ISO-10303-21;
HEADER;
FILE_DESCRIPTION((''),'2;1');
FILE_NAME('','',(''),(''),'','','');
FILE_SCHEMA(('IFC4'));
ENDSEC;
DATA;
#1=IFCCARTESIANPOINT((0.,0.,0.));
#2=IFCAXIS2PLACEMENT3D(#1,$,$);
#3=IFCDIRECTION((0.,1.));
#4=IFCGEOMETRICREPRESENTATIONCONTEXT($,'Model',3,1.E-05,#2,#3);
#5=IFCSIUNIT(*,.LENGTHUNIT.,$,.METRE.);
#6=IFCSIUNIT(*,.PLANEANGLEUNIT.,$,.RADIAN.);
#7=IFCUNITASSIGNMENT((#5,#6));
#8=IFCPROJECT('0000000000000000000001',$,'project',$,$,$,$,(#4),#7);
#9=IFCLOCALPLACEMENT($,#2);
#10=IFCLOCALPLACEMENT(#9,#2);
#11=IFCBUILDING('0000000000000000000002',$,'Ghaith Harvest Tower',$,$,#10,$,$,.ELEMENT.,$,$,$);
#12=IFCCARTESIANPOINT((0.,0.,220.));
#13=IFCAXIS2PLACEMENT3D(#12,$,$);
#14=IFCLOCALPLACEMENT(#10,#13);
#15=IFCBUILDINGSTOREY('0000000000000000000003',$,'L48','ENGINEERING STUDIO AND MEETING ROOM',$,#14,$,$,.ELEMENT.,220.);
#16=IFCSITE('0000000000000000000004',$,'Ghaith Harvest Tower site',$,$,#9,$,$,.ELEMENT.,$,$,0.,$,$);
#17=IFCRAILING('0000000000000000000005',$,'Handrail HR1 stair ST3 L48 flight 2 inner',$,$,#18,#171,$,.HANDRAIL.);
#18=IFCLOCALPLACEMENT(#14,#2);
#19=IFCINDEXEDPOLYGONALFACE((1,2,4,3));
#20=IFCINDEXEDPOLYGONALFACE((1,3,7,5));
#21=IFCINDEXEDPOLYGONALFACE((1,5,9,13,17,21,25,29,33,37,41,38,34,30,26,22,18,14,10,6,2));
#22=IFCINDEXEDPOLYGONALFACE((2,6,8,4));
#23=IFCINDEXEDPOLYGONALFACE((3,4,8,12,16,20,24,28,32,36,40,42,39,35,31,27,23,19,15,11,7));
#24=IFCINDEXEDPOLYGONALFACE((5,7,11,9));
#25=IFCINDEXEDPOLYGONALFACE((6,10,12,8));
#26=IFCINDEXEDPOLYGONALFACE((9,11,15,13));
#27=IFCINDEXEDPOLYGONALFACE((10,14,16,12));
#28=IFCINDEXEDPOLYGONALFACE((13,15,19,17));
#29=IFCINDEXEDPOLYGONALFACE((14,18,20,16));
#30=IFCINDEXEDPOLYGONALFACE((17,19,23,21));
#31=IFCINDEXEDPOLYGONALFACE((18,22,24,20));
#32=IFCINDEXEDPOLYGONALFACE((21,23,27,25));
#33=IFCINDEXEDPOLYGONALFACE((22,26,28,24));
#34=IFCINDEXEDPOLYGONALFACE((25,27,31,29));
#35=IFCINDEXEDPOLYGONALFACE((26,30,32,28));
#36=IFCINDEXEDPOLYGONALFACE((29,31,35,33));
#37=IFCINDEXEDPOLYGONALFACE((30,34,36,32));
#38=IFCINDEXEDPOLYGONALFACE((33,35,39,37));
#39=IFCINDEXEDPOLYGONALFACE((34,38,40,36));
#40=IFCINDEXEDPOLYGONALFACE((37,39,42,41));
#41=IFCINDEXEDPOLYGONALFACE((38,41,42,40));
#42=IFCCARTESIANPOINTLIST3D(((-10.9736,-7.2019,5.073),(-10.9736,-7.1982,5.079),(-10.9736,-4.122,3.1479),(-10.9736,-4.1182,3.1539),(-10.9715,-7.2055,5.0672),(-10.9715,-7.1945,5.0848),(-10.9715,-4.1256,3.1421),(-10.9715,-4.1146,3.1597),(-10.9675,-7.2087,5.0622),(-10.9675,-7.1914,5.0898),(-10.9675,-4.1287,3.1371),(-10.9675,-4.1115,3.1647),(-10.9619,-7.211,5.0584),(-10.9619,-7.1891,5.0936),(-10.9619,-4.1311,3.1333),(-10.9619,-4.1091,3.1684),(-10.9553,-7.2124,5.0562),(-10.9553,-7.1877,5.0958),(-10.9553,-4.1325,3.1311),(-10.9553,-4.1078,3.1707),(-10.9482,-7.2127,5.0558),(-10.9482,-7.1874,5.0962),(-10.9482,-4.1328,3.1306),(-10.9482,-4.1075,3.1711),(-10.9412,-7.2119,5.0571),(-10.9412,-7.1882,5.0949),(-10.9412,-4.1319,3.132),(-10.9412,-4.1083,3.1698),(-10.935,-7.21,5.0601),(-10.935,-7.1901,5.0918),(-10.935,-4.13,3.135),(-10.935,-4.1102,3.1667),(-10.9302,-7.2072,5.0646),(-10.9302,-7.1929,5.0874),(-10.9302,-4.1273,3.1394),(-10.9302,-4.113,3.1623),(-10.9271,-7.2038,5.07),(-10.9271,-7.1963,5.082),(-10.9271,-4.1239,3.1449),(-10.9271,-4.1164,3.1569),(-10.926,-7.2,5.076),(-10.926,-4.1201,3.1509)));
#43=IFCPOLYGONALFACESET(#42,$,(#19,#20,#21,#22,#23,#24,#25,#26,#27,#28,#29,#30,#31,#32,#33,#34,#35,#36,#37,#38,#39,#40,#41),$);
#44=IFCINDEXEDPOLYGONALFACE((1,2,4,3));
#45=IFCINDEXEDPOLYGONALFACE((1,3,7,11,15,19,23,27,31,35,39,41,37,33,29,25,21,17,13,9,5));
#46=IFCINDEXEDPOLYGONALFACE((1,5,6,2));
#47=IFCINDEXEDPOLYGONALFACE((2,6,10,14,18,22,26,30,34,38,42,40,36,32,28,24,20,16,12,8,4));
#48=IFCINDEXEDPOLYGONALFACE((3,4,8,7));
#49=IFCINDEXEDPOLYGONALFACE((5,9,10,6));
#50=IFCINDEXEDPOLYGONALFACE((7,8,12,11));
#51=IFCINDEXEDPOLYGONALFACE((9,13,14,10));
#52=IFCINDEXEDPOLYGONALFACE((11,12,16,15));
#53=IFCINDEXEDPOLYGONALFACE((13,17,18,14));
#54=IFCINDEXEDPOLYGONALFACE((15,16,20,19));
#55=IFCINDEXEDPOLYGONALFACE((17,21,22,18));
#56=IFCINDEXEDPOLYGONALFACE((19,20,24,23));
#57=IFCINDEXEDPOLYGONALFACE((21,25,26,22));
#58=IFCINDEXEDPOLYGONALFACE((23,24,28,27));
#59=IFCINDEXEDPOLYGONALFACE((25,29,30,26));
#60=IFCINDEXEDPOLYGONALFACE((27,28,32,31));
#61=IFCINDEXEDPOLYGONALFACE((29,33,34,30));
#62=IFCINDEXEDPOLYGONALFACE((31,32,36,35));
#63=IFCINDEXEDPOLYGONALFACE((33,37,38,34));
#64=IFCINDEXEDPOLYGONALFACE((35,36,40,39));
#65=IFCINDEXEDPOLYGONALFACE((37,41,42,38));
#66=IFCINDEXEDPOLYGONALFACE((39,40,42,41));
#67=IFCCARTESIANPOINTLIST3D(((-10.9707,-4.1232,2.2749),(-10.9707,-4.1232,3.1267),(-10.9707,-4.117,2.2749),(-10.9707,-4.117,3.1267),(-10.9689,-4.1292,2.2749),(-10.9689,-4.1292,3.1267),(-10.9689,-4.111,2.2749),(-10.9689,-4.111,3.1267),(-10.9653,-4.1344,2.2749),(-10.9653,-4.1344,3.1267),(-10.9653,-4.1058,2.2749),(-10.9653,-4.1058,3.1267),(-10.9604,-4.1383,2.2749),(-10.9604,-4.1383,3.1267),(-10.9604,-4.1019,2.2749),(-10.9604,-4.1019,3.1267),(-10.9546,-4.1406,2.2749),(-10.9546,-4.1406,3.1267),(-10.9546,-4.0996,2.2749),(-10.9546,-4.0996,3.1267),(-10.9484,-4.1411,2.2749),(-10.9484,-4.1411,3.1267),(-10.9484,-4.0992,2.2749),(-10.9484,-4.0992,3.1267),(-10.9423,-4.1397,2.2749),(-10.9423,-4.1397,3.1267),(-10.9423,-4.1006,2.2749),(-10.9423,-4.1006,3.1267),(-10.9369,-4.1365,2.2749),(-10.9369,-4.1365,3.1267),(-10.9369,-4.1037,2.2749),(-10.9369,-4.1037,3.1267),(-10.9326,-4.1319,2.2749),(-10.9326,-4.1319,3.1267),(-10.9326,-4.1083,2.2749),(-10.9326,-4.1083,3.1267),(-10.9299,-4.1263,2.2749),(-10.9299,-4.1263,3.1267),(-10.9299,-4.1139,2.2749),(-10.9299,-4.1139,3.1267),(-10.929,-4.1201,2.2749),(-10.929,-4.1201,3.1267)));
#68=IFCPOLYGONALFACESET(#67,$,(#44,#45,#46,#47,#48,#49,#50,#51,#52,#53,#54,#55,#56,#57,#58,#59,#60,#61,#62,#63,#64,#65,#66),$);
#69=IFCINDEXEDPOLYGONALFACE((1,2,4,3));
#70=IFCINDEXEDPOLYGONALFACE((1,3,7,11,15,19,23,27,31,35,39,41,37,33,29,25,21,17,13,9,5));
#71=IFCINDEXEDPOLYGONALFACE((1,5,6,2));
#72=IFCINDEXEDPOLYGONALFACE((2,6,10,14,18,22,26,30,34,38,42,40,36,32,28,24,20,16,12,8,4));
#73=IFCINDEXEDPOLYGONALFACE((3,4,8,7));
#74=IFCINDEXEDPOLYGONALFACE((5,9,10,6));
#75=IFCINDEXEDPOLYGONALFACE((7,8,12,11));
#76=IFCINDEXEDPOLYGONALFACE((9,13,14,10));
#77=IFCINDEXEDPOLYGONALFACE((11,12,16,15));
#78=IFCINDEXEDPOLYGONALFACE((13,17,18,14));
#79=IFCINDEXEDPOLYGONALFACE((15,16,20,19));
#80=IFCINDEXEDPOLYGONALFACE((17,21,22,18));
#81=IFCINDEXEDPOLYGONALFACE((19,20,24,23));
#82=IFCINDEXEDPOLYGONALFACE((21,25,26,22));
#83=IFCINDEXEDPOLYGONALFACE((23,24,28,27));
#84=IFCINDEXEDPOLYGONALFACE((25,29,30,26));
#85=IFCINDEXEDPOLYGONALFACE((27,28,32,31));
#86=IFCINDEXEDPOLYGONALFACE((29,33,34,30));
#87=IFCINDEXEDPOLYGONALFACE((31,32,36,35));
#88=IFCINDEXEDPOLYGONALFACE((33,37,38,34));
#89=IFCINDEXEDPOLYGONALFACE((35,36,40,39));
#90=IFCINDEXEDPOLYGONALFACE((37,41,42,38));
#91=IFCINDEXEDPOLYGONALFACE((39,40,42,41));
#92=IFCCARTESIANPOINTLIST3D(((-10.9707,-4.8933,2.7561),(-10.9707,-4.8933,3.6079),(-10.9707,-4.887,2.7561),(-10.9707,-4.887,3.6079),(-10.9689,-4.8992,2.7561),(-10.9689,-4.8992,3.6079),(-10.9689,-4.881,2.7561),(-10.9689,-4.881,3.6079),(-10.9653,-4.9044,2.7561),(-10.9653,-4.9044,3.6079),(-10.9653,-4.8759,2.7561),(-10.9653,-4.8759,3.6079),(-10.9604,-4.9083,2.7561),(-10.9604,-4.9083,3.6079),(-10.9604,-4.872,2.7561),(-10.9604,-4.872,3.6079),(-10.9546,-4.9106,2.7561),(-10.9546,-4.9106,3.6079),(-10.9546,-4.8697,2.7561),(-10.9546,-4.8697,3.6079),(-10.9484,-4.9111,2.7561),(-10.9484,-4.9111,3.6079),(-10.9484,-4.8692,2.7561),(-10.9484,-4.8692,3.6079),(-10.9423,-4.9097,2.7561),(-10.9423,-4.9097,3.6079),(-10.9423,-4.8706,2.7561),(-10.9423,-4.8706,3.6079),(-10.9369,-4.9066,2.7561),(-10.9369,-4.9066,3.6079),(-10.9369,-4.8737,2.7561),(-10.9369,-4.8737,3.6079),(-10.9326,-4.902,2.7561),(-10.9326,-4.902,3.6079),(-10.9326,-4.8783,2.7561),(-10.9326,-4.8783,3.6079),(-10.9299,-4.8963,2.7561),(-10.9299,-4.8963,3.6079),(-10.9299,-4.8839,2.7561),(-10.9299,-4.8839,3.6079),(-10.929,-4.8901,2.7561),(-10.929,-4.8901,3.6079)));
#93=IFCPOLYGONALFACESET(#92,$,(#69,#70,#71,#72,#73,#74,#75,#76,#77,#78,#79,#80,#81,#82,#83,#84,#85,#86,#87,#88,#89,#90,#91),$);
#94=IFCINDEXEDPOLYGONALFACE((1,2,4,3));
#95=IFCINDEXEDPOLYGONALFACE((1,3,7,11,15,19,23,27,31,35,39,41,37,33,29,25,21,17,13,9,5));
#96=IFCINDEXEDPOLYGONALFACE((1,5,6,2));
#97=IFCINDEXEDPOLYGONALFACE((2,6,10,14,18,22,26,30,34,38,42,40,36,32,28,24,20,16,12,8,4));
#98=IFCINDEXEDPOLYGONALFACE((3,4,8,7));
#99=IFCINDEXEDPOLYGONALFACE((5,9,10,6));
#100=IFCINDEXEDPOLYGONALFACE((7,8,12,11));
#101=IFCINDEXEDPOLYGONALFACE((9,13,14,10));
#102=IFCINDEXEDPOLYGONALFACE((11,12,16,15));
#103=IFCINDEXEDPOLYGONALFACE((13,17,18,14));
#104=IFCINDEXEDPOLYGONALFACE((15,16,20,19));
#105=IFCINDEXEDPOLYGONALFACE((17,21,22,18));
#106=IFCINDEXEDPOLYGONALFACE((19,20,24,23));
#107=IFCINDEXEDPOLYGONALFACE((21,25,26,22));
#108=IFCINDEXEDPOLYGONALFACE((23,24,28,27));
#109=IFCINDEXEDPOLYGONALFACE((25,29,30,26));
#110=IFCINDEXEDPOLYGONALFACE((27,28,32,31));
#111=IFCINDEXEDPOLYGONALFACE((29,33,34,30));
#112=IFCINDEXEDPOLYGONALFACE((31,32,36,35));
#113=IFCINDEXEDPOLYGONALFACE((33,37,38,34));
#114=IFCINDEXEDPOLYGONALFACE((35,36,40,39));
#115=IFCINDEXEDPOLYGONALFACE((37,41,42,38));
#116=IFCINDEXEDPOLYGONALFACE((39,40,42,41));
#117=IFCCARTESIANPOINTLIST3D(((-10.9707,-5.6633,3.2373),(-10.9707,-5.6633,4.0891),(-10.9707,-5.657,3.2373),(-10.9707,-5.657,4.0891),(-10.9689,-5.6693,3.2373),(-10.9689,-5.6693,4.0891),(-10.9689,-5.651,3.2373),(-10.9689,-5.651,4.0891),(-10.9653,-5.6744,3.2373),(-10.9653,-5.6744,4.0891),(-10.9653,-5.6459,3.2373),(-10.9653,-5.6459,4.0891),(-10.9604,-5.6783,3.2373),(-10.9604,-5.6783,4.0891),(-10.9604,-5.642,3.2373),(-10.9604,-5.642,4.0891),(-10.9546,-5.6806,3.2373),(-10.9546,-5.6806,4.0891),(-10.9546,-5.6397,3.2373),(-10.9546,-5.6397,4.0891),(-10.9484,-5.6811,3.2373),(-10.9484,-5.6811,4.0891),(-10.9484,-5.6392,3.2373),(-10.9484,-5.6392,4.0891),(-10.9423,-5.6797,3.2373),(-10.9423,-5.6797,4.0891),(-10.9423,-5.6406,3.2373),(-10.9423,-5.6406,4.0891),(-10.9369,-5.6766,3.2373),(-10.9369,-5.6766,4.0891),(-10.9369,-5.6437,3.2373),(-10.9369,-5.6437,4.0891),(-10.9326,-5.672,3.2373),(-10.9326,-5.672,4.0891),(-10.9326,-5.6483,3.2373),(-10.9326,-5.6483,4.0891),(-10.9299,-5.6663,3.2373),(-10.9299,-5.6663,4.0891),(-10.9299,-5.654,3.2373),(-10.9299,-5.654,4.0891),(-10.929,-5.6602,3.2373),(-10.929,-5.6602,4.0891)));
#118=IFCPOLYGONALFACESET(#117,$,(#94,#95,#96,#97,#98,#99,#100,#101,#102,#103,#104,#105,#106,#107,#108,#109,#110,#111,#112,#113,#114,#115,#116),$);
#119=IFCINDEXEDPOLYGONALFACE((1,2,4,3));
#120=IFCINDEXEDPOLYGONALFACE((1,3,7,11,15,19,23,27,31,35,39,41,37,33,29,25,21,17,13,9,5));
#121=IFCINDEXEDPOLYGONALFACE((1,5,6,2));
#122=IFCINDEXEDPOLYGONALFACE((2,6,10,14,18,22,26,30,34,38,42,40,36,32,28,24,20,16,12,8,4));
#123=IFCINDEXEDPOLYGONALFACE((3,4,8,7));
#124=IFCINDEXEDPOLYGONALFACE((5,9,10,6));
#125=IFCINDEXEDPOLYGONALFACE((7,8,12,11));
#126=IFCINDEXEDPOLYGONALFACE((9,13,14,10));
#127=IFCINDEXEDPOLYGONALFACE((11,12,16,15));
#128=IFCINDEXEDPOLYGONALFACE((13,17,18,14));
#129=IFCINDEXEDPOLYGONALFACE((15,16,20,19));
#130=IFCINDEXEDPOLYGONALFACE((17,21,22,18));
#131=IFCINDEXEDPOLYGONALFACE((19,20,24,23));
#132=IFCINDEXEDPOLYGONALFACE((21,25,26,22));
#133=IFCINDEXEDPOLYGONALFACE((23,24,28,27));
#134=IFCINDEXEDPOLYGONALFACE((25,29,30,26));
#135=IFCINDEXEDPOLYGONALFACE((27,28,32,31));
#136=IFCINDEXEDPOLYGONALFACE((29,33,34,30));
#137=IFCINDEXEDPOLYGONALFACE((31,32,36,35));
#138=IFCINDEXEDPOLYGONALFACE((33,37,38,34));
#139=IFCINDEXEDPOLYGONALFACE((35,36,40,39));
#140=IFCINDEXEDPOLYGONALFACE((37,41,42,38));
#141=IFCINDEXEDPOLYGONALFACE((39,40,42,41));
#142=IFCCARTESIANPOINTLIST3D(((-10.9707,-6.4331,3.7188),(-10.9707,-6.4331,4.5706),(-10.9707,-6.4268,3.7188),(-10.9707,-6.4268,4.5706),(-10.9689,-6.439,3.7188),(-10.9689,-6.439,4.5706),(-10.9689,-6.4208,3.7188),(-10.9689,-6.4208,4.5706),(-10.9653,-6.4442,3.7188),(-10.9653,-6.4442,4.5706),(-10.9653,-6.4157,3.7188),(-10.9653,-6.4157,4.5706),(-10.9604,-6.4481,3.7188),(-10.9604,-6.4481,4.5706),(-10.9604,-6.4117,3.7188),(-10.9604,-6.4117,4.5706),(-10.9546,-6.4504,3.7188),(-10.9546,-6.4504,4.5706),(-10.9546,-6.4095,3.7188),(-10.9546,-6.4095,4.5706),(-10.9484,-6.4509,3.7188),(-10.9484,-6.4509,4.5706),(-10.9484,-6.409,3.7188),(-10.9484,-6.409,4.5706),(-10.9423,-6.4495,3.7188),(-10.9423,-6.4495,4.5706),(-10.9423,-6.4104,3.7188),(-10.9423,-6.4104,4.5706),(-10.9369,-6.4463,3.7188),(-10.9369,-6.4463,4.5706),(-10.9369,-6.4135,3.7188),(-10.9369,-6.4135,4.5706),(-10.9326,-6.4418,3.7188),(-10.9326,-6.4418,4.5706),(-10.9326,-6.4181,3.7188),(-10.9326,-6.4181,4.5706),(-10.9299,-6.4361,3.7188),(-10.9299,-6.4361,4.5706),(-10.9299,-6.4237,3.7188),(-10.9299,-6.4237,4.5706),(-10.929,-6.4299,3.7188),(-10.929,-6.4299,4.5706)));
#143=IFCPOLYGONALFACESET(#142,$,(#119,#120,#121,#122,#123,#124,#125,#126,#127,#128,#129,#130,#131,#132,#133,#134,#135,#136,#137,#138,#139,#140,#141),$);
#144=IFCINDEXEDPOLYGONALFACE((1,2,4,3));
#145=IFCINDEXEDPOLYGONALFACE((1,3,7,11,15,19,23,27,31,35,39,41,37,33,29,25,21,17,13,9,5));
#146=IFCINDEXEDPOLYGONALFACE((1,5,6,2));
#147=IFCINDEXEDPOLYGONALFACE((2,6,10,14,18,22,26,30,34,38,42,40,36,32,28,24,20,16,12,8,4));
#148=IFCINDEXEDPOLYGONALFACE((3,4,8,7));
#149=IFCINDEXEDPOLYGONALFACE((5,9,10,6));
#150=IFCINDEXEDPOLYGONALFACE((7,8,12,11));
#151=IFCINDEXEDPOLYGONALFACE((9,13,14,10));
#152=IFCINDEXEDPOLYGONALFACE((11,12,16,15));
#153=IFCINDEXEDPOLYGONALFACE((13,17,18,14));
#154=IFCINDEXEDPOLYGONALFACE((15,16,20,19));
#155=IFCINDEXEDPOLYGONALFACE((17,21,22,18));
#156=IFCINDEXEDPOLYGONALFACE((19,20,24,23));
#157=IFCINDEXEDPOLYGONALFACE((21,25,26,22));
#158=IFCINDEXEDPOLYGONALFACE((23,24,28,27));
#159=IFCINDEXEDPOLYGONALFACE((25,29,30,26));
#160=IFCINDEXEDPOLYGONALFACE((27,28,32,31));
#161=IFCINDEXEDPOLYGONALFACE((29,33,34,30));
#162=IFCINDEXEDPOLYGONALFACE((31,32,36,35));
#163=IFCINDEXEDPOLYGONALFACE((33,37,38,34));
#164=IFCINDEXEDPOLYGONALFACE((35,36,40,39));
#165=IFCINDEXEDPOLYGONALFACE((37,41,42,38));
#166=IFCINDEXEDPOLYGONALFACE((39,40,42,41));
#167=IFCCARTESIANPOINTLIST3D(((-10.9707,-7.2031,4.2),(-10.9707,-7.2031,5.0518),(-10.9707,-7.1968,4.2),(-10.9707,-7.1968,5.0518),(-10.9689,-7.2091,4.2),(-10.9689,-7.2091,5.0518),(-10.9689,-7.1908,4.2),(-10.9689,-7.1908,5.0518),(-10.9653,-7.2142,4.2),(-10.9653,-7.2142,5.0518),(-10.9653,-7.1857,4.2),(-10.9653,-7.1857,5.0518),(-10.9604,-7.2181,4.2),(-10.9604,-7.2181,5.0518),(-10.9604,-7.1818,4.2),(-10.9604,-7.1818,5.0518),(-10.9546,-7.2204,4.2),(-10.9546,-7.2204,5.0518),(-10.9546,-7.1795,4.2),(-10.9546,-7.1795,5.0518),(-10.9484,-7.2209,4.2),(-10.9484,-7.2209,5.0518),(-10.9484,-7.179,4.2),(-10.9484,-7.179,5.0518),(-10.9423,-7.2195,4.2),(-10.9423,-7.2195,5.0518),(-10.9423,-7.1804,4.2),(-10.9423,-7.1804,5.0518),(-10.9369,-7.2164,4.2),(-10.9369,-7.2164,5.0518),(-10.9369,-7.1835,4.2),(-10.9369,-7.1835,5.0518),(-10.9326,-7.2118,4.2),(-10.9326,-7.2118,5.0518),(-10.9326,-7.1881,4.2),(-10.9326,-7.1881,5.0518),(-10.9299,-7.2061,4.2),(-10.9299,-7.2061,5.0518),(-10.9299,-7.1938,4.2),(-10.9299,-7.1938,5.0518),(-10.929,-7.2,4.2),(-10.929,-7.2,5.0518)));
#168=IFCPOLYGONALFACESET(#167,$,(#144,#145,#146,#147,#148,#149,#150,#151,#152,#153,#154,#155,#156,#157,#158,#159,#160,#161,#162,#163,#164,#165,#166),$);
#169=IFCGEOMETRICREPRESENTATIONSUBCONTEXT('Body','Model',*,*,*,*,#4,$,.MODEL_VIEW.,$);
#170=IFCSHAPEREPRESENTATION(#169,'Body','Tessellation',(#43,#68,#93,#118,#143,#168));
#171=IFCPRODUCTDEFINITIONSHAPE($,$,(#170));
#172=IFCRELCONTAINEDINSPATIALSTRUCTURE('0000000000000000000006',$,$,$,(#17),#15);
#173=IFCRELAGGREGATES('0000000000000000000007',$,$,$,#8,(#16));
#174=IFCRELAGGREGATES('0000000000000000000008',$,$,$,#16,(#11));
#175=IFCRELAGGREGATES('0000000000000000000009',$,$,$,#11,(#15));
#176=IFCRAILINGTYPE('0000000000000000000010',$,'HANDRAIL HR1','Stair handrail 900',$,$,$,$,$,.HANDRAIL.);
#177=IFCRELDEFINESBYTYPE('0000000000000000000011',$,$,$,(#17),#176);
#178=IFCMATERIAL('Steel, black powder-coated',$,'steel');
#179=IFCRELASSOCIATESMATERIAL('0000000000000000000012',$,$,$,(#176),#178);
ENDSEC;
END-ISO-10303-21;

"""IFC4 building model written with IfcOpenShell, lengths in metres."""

from ifc_helpers import new_model, si_unit, direction, frame, origin, origin_2d, place, context, subcontext, project, spatial, circle, extrude, material, type_object, element, save


model = new_model("IFC4")

# Units and contexts
model_context = context("Model", 3, precision=1e-05, world=origin(), true_north=direction((0.0, 1.0)))
body_context = subcontext(model_context, "Body", "Model", "MODEL_VIEW")
ifc_project = project(units=[si_unit("LENGTHUNIT", "METRE"), si_unit("PLANEANGLEUNIT", "RADIAN")], contexts=[model_context])

# Site, building, storey
site_placement = place(None, origin())
site = spatial("IfcSite", under=ifc_project, at=site_placement, Name="Ghaith Harvest Tower site", CompositionType="ELEMENT", RefElevation=0.0)
building_placement = place(site_placement, origin())
building = spatial("IfcBuilding", under=site, at=building_placement, Name="Ghaith Harvest Tower", CompositionType="ELEMENT")
storey_placement = place(building_placement, frame((0.0, 0.0, 220.0)))
storey = spatial("IfcBuildingStorey", under=building, at=storey_placement, Name="L48", Description="ENGINEERING STUDIO AND MEETING ROOM", CompositionType="ELEMENT", Elevation=220.0)

# Railing
ifc_material_1 = material(Name="Steel, black powder-coated", Category="steel")
railing_type = type_object("IfcRailingType", Name="HANDRAIL HR1", Description="Stair handrail 900", PredefinedType="HANDRAIL", material=ifc_material_1)
railing_1_placement = place(storey_placement, frame((-10.95, -4.1201, 2.2749)))
element("IfcRailing", 1, at=railing_1_placement, inside=storey, type_object=railing_type, Name="Handrail HR1 stair ST3 L48 flight 2 inner", PredefinedType="HANDRAIL", context=body_context, shape_type="SweptSolid", body=[
    extrude(circle(Radius=0.0239, at=origin_2d()), frame((0.0, 0.0, 0.876), z_axis=(0.0, -0.847979, 0.530029), x_axis=(1.0, 0.0, 0.0)), (0.0, 0.0, 1.0), 3.6321),
    extrude(circle(Radius=0.021, at=origin_2d()), origin(), (0.0, 0.0, 1.0), 0.8518),
    extrude(circle(Radius=0.021, at=origin_2d()), frame((0.0, -0.77, 0.4812)), (0.0, 0.0, 1.0), 0.8518),
    extrude(circle(Radius=0.021, at=origin_2d()), frame((0.0, -1.54, 0.9624)), (0.0, 0.0, 1.0), 0.8518),
    extrude(circle(Radius=0.021, at=origin_2d()), frame((0.0, -2.3098, 1.4438)), (0.0, 0.0, 1.0), 0.8518),
    extrude(circle(Radius=0.021, at=origin_2d()), frame((0.0, -3.0798, 1.925)), (0.0, 0.0, 1.0), 0.8518),
])

save(model, "model.ifc")
